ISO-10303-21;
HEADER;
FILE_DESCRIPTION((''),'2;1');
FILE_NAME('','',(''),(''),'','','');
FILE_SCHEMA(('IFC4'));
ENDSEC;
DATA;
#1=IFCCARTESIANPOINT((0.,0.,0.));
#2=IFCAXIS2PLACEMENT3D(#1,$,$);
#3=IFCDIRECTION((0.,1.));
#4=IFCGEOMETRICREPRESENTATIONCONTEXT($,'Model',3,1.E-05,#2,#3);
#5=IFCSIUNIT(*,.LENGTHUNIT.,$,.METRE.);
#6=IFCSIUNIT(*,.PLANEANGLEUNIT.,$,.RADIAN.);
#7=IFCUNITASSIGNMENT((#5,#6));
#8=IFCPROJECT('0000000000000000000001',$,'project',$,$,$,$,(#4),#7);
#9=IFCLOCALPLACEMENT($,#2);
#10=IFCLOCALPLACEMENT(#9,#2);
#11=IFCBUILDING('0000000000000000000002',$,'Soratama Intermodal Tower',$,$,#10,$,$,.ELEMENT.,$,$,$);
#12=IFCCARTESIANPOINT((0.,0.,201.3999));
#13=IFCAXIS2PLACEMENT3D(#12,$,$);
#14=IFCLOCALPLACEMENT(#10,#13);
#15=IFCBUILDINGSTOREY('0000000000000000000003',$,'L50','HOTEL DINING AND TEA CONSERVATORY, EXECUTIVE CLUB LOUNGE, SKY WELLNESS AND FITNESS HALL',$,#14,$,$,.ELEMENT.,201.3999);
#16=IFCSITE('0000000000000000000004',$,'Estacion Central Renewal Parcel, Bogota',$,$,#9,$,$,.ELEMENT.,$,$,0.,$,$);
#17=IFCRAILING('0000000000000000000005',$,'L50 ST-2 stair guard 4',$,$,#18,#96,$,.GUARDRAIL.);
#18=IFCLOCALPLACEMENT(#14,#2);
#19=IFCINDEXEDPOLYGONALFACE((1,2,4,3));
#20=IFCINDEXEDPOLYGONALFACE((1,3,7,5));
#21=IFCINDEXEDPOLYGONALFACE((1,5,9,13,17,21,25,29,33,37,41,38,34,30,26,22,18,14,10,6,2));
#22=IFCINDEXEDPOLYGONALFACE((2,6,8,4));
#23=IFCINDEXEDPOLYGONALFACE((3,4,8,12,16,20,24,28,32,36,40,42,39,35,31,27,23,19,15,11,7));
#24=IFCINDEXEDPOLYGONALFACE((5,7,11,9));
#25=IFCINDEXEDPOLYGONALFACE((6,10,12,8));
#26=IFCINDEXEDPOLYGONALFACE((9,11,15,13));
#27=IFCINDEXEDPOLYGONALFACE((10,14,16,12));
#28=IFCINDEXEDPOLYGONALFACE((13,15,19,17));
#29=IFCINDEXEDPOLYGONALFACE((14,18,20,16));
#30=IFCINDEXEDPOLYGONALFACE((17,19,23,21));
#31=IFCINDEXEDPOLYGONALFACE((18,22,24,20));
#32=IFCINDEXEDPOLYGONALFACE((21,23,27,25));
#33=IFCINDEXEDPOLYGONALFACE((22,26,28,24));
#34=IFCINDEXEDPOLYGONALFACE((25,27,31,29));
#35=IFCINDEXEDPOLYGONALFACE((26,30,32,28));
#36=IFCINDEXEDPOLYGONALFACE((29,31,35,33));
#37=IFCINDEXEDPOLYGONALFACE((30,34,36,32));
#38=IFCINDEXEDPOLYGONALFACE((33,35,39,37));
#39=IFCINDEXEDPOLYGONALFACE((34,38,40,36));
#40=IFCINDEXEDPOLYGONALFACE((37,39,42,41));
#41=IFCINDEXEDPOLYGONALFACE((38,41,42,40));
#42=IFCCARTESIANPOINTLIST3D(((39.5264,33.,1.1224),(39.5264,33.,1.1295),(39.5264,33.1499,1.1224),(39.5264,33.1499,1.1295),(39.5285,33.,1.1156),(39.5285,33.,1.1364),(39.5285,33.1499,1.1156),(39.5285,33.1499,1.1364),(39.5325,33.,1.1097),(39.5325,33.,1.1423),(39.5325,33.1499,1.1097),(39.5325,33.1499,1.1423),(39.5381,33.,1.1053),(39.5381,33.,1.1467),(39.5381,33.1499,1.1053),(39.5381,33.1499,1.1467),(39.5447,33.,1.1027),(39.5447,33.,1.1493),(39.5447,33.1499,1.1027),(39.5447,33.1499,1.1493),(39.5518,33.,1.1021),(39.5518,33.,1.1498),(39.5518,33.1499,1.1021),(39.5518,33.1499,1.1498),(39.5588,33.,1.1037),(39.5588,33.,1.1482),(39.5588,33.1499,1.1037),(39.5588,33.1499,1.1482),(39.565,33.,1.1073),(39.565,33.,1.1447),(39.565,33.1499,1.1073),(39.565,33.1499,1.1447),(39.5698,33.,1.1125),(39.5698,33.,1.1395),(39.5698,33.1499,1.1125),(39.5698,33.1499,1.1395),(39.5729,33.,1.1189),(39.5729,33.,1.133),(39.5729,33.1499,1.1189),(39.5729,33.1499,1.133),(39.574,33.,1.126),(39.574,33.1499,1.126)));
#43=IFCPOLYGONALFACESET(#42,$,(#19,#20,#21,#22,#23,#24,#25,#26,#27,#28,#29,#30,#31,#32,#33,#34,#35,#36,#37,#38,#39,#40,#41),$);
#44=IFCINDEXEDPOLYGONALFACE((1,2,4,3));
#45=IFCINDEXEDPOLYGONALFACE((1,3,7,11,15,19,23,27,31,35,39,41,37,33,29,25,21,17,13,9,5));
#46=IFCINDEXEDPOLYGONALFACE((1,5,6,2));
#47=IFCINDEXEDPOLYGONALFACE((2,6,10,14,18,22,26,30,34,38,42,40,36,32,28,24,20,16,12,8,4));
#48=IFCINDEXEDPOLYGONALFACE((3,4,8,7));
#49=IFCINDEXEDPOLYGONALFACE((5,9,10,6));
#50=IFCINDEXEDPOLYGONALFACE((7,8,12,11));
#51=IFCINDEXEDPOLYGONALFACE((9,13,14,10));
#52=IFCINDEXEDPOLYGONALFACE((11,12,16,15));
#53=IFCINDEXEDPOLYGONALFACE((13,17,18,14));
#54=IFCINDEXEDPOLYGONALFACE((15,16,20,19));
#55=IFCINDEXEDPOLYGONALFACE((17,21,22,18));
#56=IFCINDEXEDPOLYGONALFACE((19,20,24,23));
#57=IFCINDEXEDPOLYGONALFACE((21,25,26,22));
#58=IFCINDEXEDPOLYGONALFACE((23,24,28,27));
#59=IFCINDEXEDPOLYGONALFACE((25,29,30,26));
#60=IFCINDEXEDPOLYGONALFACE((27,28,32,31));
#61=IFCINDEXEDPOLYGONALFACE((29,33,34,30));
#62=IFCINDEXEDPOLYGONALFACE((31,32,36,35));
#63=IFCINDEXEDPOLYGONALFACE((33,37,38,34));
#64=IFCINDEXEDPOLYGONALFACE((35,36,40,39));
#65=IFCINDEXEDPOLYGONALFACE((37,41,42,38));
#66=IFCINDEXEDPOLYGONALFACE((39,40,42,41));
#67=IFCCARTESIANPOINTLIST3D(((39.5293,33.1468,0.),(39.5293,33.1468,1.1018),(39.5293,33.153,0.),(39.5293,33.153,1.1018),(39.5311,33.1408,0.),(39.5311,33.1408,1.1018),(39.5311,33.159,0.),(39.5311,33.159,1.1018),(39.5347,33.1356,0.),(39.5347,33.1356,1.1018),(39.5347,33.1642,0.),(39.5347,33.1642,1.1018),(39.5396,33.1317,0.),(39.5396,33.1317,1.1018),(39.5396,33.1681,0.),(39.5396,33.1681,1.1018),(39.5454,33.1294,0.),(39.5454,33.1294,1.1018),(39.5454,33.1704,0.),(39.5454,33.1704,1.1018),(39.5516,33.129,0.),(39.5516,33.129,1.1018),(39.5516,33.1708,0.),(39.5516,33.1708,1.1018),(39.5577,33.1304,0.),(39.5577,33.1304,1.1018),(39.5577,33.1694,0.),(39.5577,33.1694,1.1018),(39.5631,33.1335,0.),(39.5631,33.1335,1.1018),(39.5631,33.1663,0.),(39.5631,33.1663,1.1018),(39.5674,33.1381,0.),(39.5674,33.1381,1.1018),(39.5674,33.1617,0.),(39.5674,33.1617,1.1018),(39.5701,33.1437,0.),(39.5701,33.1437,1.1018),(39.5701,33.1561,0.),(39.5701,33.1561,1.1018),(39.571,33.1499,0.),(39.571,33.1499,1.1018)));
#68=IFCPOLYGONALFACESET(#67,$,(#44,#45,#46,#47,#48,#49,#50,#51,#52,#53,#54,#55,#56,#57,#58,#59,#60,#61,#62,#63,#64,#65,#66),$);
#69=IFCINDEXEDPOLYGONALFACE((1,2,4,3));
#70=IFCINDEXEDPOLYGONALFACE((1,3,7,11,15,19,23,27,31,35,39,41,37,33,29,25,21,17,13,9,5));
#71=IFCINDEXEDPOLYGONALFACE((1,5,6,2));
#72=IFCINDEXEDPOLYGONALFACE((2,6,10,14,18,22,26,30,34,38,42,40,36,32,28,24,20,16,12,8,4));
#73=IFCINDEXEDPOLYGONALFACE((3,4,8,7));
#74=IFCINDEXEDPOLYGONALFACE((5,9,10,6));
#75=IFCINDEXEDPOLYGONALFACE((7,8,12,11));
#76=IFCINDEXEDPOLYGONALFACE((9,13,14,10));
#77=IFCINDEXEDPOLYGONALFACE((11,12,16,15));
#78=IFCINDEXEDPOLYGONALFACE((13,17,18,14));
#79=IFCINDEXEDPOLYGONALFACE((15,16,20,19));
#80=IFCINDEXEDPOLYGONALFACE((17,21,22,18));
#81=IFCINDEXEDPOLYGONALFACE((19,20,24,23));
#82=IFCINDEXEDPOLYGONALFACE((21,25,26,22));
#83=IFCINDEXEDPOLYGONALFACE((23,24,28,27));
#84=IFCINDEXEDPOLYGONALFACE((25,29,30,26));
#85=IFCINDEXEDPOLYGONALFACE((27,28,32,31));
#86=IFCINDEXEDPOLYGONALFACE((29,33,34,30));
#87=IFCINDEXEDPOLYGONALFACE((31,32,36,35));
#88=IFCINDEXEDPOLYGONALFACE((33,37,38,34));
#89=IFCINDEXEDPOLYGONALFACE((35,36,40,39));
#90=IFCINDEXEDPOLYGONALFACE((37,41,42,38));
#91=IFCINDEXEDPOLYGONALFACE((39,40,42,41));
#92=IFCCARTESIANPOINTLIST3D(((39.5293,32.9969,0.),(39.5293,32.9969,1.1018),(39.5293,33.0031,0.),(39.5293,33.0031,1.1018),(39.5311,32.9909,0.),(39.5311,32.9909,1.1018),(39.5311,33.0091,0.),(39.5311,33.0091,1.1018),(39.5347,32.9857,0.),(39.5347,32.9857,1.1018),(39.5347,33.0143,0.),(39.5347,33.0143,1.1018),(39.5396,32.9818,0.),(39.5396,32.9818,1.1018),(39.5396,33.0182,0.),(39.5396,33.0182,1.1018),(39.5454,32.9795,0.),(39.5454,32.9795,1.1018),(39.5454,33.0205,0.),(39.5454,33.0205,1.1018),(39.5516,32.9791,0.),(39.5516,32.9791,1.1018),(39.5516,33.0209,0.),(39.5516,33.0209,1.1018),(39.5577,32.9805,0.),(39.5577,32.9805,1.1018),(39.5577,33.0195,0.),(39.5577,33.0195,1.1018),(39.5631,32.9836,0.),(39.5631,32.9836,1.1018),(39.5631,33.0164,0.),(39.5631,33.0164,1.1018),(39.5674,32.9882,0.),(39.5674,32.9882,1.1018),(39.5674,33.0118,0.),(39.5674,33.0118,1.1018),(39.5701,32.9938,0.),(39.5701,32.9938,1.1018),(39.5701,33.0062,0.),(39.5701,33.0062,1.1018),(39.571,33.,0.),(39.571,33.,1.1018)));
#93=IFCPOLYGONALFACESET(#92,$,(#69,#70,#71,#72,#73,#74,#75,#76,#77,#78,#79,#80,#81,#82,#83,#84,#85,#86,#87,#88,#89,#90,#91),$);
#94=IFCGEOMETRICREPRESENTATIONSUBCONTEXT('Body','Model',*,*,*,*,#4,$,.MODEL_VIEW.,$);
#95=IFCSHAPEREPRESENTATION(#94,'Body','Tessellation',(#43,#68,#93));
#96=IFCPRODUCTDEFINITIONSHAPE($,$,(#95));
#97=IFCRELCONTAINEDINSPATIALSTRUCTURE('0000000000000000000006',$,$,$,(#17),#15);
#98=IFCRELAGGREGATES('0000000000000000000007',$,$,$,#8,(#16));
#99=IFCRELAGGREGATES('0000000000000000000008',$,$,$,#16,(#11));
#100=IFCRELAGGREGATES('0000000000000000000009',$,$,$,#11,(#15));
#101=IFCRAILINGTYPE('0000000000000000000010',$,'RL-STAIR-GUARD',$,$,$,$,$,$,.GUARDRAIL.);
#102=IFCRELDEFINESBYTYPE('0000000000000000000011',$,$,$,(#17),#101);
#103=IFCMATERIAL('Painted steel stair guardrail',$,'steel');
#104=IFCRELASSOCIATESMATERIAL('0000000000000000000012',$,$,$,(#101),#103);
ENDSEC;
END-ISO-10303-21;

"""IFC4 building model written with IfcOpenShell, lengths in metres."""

from ifc_helpers import new_model, si_unit, direction, frame, origin, origin_2d, place, context, subcontext, project, spatial, circle, extrude, material, type_object, element, save


model = new_model("IFC4")

# Units and contexts
model_context = context("Model", 3, precision=1e-05, world=origin(), true_north=direction((0.0, 1.0)))
body_context = subcontext(model_context, "Body", "Model", "MODEL_VIEW")
ifc_project = project(units=[si_unit("LENGTHUNIT", "METRE"), si_unit("PLANEANGLEUNIT", "RADIAN")], contexts=[model_context])

# Site, building, storey
site_placement = place(None, origin())
site = spatial("IfcSite", under=ifc_project, at=site_placement, Name="Estacion Central Renewal Parcel, Bogota", CompositionType="ELEMENT", RefElevation=0.0)
building_placement = place(site_placement, origin())
building = spatial("IfcBuilding", under=site, at=building_placement, Name="Soratama Intermodal Tower", CompositionType="ELEMENT")
storey_placement = place(building_placement, frame((0.0, 0.0, 201.3999)))
storey = spatial("IfcBuildingStorey", under=building, at=storey_placement, Name="L50", Description="HOTEL DINING AND TEA CONSERVATORY, EXECUTIVE CLUB LOUNGE, SKY WELLNESS AND FITNESS HALL", CompositionType="ELEMENT", Elevation=201.3999)

# Railing
ifc_material_1 = material(Name="Painted steel stair guardrail", Category="steel")
railing_type = type_object("IfcRailingType", Name="RL-STAIR-GUARD", PredefinedType="GUARDRAIL", material=ifc_material_1)
railing_placement = place(storey_placement, frame((39.55, 33.1499, 0.0)))
element("IfcRailing", 1, at=railing_placement, inside=storey, type_object=railing_type, Name="L50 ST-2 stair guard 4", PredefinedType="GUARDRAIL", context=body_context, shape_type="SweptSolid", body=[
    extrude(circle(Radius=0.0239, at=origin_2d()), frame((0.0, 0.0, 1.126), z_axis=(0.0, -1.0, 0.0), x_axis=(1.0, 0.0, 0.0)), (0.0, 0.0, 1.0), 0.1499),
    extrude(circle(Radius=0.021, at=origin_2d()), origin(), (0.0, 0.0, 1.0), 1.1018),
    extrude(circle(Radius=0.021, at=origin_2d()), frame((0.0, -0.1499, 0.0)), (0.0, 0.0, 1.0), 1.1018),
])

save(model, "model.ifc")
